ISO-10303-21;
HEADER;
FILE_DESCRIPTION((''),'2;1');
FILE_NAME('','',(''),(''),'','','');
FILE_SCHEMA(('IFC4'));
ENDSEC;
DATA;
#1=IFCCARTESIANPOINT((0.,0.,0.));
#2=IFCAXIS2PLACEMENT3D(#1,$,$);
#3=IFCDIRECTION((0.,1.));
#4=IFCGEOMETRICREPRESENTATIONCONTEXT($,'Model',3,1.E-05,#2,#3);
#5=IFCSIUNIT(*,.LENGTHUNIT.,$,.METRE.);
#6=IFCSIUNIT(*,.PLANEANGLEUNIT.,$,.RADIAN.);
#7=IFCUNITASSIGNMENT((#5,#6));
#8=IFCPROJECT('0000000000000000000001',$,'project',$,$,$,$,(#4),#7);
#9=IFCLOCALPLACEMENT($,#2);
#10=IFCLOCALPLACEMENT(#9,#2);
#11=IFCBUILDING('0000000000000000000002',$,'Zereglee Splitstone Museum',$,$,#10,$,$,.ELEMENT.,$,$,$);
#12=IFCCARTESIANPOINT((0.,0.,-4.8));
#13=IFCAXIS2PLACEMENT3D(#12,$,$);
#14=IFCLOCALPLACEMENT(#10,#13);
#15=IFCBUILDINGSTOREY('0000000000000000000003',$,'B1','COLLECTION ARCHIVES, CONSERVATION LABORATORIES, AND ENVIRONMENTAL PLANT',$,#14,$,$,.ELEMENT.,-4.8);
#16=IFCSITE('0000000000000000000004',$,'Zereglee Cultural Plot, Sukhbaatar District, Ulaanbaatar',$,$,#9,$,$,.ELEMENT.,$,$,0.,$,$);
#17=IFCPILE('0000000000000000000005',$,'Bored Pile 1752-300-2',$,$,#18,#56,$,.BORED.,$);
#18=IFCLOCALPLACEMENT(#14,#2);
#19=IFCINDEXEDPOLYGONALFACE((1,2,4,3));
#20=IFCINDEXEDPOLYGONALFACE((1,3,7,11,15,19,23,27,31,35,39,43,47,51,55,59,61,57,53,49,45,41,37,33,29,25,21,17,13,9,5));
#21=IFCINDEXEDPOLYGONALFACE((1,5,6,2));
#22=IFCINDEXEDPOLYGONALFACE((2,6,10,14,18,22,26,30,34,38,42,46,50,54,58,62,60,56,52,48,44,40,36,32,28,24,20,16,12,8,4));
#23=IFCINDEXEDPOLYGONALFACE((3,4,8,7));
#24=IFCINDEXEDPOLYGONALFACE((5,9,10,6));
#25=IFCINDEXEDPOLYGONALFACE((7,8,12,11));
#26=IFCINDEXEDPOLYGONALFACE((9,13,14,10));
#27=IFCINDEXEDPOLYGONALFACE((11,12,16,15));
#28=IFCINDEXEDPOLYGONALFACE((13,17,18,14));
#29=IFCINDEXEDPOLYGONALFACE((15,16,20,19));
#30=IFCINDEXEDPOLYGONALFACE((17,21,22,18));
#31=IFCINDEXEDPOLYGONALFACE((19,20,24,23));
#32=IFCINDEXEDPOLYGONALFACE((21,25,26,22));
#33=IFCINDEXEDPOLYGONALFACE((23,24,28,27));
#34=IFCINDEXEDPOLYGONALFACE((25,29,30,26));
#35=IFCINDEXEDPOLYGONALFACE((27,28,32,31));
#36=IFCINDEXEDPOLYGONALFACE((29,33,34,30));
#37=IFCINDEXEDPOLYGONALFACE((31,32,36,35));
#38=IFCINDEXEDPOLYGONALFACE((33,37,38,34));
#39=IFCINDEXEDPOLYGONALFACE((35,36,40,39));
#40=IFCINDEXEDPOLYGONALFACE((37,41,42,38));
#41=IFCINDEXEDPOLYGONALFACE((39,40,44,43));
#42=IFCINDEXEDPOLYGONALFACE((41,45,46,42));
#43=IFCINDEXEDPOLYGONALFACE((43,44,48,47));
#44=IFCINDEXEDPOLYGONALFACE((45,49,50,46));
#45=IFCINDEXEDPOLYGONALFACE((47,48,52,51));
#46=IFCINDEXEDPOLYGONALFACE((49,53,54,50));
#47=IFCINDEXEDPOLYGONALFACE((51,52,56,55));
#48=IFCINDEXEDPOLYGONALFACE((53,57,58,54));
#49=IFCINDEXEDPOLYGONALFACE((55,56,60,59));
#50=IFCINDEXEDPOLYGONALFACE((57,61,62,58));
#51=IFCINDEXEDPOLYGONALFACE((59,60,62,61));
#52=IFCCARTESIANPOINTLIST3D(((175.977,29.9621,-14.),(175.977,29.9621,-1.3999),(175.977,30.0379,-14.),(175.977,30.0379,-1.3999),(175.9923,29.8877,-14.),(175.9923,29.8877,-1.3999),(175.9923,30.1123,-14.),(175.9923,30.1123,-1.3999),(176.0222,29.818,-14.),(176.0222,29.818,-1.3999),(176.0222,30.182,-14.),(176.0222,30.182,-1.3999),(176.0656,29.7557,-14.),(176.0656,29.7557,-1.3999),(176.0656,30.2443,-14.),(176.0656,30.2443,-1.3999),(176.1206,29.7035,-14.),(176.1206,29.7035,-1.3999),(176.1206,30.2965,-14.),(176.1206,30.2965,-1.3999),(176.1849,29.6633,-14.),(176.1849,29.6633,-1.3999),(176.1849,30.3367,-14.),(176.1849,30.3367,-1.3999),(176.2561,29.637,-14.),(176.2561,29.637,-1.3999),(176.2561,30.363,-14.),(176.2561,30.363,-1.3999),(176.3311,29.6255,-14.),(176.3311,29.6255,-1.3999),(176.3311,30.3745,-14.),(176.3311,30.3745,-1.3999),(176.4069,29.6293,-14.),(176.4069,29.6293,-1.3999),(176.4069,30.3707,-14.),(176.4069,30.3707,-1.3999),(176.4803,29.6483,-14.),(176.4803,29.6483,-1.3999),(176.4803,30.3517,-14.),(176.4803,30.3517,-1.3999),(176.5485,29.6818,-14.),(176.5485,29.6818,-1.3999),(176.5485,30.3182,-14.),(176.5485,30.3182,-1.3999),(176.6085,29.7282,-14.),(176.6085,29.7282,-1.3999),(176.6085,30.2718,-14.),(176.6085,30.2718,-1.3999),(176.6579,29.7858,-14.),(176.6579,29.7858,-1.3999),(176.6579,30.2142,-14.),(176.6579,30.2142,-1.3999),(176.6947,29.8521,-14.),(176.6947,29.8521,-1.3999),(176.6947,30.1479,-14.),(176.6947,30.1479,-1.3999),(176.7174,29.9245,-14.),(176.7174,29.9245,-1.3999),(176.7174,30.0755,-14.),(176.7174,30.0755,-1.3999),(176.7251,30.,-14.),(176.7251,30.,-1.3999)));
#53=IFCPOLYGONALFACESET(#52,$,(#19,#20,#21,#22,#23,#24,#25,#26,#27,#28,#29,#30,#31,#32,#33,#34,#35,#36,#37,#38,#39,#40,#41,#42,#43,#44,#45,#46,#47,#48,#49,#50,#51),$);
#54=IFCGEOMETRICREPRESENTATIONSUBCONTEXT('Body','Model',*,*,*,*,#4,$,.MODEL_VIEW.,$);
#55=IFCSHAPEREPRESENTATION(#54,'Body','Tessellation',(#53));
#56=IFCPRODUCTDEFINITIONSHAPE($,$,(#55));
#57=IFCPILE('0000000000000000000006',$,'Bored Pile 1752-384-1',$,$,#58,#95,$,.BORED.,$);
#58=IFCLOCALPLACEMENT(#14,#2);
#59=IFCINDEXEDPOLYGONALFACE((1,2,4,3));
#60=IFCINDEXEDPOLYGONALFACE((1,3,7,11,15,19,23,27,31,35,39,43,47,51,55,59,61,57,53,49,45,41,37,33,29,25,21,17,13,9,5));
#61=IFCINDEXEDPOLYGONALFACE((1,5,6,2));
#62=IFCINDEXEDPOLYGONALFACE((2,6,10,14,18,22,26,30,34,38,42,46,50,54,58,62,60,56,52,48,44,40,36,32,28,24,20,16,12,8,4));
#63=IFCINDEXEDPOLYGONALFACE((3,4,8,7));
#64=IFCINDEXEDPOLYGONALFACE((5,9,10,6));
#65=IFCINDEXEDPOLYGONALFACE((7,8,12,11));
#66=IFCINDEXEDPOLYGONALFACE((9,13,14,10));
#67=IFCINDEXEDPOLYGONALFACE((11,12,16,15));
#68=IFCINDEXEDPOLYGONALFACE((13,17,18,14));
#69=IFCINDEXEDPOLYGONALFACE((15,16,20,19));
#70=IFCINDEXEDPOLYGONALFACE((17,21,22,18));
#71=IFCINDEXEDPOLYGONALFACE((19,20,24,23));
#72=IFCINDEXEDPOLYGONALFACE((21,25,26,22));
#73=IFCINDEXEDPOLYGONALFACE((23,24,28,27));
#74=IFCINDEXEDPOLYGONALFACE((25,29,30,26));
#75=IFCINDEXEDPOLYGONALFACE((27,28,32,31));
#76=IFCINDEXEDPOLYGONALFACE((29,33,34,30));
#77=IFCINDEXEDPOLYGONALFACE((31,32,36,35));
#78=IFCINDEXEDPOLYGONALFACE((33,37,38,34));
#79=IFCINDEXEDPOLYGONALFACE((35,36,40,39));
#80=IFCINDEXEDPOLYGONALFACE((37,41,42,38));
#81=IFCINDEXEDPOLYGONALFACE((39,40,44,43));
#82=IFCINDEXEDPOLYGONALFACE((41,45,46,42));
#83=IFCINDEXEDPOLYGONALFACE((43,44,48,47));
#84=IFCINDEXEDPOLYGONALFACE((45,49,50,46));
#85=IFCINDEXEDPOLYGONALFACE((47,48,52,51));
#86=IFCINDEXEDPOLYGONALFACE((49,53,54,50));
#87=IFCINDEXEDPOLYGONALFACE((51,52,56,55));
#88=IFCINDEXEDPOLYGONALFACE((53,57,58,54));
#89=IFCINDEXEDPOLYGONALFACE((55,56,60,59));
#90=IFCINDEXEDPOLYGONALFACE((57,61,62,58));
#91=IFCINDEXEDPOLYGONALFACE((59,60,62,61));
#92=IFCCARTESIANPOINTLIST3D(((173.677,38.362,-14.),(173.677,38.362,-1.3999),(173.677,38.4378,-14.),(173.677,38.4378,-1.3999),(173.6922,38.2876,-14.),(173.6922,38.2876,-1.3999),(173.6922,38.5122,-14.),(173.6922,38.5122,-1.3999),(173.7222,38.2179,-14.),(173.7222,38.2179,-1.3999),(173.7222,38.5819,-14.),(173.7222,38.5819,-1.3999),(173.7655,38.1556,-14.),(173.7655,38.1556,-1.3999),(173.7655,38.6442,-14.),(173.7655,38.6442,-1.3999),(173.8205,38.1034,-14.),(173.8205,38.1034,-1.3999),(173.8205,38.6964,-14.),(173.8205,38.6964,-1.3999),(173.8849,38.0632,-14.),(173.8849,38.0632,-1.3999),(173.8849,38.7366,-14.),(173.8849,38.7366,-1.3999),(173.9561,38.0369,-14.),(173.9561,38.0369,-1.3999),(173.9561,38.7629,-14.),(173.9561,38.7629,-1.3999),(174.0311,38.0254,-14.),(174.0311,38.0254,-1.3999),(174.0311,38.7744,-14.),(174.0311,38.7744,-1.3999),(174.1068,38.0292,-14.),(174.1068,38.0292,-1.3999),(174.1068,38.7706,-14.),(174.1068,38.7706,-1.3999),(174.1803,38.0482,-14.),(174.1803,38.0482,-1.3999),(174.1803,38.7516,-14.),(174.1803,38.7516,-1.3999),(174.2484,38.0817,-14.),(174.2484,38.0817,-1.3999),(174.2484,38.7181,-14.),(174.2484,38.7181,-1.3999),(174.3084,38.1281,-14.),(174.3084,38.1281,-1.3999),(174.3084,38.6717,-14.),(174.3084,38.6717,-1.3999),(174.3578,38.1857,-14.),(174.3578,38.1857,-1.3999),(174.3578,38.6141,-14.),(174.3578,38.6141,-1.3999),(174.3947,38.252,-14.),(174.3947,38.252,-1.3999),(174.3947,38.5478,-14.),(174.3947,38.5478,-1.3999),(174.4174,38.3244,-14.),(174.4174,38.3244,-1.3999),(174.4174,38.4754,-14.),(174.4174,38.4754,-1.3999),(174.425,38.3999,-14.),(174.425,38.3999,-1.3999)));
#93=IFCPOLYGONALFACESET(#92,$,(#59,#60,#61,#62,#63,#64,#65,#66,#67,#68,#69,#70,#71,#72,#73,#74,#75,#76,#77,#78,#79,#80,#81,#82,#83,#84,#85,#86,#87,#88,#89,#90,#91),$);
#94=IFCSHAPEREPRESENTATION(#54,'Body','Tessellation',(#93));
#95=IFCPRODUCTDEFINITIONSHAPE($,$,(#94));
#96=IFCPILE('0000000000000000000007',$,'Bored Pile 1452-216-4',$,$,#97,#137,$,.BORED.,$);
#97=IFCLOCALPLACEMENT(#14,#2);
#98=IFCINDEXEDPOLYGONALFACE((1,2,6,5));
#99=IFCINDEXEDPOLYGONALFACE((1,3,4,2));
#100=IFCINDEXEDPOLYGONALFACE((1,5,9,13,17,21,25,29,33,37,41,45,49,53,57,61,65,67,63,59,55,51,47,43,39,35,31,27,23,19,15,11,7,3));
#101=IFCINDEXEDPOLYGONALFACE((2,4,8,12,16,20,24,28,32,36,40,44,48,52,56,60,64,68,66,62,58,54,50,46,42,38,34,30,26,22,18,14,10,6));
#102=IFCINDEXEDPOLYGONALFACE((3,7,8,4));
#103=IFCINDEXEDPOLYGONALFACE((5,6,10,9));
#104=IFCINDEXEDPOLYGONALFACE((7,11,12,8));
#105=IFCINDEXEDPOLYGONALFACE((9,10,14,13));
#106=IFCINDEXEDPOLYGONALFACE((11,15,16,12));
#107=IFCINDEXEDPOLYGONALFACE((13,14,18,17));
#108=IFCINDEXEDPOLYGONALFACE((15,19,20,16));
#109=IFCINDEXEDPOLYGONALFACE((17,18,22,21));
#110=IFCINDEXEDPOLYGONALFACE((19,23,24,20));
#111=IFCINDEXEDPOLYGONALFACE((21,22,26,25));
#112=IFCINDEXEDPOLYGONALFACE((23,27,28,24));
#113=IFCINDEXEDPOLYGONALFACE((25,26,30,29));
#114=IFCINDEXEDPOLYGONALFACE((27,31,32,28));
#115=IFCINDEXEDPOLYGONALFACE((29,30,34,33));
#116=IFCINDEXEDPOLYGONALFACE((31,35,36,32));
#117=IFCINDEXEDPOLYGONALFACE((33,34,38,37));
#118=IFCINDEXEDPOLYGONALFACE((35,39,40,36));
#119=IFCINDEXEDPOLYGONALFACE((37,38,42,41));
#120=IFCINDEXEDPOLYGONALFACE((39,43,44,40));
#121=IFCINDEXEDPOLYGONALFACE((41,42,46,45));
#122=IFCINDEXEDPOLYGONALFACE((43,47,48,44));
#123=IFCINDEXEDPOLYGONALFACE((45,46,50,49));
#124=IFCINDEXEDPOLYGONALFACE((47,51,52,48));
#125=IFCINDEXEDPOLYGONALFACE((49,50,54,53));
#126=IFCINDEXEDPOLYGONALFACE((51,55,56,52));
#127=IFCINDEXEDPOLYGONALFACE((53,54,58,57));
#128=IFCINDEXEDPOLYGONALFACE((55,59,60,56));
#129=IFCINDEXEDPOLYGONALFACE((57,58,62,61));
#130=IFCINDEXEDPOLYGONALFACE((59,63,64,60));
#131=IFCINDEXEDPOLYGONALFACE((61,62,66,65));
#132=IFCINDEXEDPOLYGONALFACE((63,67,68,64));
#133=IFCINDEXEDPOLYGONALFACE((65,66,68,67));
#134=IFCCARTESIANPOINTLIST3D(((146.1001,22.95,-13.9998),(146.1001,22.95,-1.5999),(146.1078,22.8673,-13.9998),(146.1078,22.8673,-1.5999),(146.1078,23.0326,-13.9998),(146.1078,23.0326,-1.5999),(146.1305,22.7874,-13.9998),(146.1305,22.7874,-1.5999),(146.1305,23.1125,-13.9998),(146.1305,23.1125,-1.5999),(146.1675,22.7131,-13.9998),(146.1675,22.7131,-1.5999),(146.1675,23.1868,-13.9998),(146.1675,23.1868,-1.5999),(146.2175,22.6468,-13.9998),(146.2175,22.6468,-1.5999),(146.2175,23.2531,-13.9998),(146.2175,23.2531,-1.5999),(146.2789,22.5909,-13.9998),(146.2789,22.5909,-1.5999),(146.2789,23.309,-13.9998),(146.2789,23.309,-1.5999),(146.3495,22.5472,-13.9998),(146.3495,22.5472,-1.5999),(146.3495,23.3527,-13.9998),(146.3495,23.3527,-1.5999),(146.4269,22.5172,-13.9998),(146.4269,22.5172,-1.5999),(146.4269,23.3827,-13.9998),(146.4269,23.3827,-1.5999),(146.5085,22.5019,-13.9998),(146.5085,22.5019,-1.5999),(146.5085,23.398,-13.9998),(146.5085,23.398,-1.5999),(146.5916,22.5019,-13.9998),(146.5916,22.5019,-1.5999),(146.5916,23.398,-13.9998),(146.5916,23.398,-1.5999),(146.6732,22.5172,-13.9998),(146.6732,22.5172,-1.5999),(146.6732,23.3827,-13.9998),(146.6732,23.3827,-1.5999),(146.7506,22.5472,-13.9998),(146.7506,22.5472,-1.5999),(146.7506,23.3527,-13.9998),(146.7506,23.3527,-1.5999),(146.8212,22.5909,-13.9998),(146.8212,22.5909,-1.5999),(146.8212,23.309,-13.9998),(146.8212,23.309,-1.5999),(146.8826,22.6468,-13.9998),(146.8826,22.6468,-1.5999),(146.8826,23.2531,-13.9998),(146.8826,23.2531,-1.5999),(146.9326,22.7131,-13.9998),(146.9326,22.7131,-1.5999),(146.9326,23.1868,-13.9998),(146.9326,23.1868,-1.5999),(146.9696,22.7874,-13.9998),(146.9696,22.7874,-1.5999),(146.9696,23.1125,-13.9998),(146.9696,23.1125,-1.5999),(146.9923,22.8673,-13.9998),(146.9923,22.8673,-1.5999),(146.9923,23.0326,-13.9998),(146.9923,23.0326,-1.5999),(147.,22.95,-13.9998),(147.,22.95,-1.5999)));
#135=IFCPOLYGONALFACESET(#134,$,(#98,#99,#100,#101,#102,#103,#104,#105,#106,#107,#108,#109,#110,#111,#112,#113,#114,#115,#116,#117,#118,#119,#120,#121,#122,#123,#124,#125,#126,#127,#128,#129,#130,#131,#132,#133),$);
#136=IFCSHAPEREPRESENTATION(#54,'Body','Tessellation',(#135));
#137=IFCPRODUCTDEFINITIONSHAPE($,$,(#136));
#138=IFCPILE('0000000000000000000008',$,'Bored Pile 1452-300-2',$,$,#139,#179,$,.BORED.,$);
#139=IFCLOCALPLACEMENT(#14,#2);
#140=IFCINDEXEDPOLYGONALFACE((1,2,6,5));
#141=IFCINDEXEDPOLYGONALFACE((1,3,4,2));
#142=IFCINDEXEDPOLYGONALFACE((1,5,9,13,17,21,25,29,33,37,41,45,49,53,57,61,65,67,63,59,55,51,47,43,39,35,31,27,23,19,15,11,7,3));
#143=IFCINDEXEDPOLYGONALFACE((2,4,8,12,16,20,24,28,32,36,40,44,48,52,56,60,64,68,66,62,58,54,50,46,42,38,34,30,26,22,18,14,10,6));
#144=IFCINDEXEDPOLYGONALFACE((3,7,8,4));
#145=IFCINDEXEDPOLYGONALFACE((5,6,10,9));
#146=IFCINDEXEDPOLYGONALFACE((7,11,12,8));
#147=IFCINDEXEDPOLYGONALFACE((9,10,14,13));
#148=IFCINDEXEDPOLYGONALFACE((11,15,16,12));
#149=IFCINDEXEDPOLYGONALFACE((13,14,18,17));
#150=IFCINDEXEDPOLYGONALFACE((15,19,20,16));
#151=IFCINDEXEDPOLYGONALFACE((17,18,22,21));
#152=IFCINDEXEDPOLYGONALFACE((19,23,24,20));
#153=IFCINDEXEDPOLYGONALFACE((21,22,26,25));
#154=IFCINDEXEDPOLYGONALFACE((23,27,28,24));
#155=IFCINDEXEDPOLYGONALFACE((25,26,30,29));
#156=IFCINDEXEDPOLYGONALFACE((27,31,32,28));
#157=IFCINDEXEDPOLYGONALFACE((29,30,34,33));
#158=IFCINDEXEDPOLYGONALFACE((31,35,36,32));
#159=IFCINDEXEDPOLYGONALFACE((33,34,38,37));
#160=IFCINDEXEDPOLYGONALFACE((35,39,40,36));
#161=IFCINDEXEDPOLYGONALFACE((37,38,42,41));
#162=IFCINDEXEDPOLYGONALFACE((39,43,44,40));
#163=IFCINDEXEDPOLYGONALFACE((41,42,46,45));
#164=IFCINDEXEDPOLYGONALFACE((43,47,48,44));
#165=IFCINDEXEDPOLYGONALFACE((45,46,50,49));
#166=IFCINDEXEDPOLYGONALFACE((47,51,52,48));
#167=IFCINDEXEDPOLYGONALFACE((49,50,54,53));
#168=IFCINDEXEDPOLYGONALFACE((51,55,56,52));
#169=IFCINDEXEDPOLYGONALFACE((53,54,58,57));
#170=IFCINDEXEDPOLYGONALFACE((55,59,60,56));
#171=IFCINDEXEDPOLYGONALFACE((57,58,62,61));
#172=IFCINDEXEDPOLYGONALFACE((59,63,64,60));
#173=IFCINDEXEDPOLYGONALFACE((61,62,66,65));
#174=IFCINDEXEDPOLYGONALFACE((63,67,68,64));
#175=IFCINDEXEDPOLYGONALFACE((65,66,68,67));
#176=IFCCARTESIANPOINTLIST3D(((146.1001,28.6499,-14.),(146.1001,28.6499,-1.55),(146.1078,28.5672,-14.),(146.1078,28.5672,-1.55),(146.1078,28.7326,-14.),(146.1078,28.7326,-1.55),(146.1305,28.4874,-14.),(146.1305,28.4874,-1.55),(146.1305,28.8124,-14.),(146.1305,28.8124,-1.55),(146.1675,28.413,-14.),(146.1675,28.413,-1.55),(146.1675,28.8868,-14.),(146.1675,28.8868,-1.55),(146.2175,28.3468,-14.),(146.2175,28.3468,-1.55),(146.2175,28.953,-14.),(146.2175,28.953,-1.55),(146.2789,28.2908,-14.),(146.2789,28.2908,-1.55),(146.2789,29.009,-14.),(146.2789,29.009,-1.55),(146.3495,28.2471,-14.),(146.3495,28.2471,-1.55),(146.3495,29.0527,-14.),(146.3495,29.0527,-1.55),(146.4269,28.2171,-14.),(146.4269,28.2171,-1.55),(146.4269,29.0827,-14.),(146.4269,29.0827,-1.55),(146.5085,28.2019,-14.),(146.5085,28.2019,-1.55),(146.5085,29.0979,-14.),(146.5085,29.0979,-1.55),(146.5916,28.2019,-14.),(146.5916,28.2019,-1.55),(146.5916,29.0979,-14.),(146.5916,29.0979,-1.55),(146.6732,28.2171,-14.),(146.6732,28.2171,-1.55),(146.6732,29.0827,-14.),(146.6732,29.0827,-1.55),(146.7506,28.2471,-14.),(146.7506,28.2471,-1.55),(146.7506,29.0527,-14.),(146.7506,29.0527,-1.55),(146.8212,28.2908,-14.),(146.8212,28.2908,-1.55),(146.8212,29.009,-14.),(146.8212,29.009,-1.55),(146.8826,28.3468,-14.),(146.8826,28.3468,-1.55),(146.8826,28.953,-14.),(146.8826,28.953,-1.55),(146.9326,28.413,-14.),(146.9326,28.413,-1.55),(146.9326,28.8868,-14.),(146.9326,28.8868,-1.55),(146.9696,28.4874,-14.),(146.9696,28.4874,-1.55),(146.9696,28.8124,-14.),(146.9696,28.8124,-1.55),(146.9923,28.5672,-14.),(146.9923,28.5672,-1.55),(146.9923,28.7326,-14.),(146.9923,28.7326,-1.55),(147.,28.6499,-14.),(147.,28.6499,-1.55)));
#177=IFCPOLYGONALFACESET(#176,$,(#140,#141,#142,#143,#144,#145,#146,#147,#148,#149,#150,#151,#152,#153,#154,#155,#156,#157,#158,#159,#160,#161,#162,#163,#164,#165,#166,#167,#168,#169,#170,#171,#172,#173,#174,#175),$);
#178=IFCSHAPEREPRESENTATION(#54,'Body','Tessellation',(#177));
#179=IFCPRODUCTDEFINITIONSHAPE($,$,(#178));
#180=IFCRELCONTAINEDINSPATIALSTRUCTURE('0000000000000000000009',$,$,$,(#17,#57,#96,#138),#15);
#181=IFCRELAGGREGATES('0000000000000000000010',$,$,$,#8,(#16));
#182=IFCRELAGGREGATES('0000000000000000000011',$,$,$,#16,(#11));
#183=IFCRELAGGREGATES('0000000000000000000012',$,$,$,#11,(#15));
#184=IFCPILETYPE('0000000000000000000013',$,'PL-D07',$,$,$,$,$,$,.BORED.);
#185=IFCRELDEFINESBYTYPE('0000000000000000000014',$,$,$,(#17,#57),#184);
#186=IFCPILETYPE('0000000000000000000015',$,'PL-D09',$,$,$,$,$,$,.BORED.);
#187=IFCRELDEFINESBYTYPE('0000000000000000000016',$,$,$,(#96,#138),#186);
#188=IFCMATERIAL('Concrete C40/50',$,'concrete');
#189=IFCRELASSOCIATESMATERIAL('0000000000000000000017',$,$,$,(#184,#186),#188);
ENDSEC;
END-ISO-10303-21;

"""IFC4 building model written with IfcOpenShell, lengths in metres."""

from ifc_helpers import new_model, si_unit, direction, frame, origin, origin_2d, place, context, subcontext, project, spatial, circle, extrude, material, material_profile, profile_set, type_object, element, save


model = new_model("IFC4")

# Units and contexts
model_context = context("Model", 3, precision=1e-05, world=origin(), true_north=direction((0.0, 1.0)))
body_context = subcontext(model_context, "Body", "Model", "MODEL_VIEW")
ifc_project = project(units=[si_unit("LENGTHUNIT", "METRE"), si_unit("PLANEANGLEUNIT", "RADIAN")], contexts=[model_context])

# Site, building, storey
site_placement = place(None, origin())
site = spatial("IfcSite", under=ifc_project, at=site_placement, Name="Zereglee Cultural Plot, Sukhbaatar District, Ulaanbaatar", CompositionType="ELEMENT", RefElevation=0.0)
building_placement = place(site_placement, origin())
building = spatial("IfcBuilding", under=site, at=building_placement, Name="Zereglee Splitstone Museum", CompositionType="ELEMENT")
storey_placement = place(building_placement, frame((0.0, 0.0, -4.8)))
storey = spatial("IfcBuildingStorey", under=building, at=storey_placement, Name="B1", Description="COLLECTION ARCHIVES, CONSERVATION LABORATORIES, AND ENVIRONMENTAL PLANT", CompositionType="ELEMENT", Elevation=-4.8)

# Shared definitions
ifc_material_1 = material(Name="Concrete C40/50", Category="concrete")

# Piles
ifc_material_profile_1 = material_profile(ifc_material_1, circle(Radius=0.375, at=origin_2d()), Name="PILE D750")
ifc_profile_set_1 = profile_set([ifc_material_profile_1], Name="Concrete C40/50")
pile_type_1 = type_object("IfcPileType", Name="PL-D07", PredefinedType="BORED", material=ifc_profile_set_1)
for number, where, z_axis, x_axis, name in (
    (1, (176.3501, 30.0, -1.3999), (0.0, 0.0, -1.0), (1.0, 0.0, 0.0), "Bored Pile 1752-300-2"),
    (2, (174.05, 38.3999, -1.3999), (0.0, 0.0, -1.0), (1.0, 0.0, 0.0), "Bored Pile 1752-384-1"),
):
    element("IfcPile", number, at=place(storey_placement, frame(where, z_axis=z_axis, x_axis=x_axis)), inside=storey, type_object=pile_type_1, Name=name, PredefinedType="BORED", context=body_context, shape_type="SweptSolid", body=[
        extrude(circle(Radius=0.375, at=origin_2d()), origin(), (0.0, 0.0, 1.0), 12.6001),
    ])
ifc_material_profile_2 = material_profile(ifc_material_1, circle(Radius=0.45, at=origin_2d()), Name="PILE D900")
ifc_profile_set_2 = profile_set([ifc_material_profile_2], Name="Concrete C40/50")
pile_type_2 = type_object("IfcPileType", Name="PL-D09", PredefinedType="BORED", material=ifc_profile_set_2)
pile_1_placement = place(storey_placement, frame((146.55, 22.95, -1.5999), z_axis=(0.0, 0.0, -1.0), x_axis=(1.0, 0.0, 0.0)))
element("IfcPile", 3, at=pile_1_placement, inside=storey, type_object=pile_type_2, Name="Bored Pile 1452-216-4", PredefinedType="BORED", context=body_context, shape_type="SweptSolid", body=[
    extrude(circle(Radius=0.45, at=origin_2d()), origin(), (0.0, 0.0, 1.0), 12.3999),
])
for number, where, z_axis, x_axis, name in (
    (4, (146.55, 28.6499, -1.55), (0.0, 0.0, -1.0), (1.0, 0.0, 0.0), "Bored Pile 1452-300-2"),
):
    element("IfcPile", number, at=place(storey_placement, frame(where, z_axis=z_axis, x_axis=x_axis)), inside=storey, type_object=pile_type_2, Name=name, PredefinedType="BORED", context=body_context, shape_type="SweptSolid", body=[
        extrude(circle(Radius=0.45, at=origin_2d()), origin(), (0.0, 0.0, 1.0), 12.45),
    ])

save(model, "model.ifc")
